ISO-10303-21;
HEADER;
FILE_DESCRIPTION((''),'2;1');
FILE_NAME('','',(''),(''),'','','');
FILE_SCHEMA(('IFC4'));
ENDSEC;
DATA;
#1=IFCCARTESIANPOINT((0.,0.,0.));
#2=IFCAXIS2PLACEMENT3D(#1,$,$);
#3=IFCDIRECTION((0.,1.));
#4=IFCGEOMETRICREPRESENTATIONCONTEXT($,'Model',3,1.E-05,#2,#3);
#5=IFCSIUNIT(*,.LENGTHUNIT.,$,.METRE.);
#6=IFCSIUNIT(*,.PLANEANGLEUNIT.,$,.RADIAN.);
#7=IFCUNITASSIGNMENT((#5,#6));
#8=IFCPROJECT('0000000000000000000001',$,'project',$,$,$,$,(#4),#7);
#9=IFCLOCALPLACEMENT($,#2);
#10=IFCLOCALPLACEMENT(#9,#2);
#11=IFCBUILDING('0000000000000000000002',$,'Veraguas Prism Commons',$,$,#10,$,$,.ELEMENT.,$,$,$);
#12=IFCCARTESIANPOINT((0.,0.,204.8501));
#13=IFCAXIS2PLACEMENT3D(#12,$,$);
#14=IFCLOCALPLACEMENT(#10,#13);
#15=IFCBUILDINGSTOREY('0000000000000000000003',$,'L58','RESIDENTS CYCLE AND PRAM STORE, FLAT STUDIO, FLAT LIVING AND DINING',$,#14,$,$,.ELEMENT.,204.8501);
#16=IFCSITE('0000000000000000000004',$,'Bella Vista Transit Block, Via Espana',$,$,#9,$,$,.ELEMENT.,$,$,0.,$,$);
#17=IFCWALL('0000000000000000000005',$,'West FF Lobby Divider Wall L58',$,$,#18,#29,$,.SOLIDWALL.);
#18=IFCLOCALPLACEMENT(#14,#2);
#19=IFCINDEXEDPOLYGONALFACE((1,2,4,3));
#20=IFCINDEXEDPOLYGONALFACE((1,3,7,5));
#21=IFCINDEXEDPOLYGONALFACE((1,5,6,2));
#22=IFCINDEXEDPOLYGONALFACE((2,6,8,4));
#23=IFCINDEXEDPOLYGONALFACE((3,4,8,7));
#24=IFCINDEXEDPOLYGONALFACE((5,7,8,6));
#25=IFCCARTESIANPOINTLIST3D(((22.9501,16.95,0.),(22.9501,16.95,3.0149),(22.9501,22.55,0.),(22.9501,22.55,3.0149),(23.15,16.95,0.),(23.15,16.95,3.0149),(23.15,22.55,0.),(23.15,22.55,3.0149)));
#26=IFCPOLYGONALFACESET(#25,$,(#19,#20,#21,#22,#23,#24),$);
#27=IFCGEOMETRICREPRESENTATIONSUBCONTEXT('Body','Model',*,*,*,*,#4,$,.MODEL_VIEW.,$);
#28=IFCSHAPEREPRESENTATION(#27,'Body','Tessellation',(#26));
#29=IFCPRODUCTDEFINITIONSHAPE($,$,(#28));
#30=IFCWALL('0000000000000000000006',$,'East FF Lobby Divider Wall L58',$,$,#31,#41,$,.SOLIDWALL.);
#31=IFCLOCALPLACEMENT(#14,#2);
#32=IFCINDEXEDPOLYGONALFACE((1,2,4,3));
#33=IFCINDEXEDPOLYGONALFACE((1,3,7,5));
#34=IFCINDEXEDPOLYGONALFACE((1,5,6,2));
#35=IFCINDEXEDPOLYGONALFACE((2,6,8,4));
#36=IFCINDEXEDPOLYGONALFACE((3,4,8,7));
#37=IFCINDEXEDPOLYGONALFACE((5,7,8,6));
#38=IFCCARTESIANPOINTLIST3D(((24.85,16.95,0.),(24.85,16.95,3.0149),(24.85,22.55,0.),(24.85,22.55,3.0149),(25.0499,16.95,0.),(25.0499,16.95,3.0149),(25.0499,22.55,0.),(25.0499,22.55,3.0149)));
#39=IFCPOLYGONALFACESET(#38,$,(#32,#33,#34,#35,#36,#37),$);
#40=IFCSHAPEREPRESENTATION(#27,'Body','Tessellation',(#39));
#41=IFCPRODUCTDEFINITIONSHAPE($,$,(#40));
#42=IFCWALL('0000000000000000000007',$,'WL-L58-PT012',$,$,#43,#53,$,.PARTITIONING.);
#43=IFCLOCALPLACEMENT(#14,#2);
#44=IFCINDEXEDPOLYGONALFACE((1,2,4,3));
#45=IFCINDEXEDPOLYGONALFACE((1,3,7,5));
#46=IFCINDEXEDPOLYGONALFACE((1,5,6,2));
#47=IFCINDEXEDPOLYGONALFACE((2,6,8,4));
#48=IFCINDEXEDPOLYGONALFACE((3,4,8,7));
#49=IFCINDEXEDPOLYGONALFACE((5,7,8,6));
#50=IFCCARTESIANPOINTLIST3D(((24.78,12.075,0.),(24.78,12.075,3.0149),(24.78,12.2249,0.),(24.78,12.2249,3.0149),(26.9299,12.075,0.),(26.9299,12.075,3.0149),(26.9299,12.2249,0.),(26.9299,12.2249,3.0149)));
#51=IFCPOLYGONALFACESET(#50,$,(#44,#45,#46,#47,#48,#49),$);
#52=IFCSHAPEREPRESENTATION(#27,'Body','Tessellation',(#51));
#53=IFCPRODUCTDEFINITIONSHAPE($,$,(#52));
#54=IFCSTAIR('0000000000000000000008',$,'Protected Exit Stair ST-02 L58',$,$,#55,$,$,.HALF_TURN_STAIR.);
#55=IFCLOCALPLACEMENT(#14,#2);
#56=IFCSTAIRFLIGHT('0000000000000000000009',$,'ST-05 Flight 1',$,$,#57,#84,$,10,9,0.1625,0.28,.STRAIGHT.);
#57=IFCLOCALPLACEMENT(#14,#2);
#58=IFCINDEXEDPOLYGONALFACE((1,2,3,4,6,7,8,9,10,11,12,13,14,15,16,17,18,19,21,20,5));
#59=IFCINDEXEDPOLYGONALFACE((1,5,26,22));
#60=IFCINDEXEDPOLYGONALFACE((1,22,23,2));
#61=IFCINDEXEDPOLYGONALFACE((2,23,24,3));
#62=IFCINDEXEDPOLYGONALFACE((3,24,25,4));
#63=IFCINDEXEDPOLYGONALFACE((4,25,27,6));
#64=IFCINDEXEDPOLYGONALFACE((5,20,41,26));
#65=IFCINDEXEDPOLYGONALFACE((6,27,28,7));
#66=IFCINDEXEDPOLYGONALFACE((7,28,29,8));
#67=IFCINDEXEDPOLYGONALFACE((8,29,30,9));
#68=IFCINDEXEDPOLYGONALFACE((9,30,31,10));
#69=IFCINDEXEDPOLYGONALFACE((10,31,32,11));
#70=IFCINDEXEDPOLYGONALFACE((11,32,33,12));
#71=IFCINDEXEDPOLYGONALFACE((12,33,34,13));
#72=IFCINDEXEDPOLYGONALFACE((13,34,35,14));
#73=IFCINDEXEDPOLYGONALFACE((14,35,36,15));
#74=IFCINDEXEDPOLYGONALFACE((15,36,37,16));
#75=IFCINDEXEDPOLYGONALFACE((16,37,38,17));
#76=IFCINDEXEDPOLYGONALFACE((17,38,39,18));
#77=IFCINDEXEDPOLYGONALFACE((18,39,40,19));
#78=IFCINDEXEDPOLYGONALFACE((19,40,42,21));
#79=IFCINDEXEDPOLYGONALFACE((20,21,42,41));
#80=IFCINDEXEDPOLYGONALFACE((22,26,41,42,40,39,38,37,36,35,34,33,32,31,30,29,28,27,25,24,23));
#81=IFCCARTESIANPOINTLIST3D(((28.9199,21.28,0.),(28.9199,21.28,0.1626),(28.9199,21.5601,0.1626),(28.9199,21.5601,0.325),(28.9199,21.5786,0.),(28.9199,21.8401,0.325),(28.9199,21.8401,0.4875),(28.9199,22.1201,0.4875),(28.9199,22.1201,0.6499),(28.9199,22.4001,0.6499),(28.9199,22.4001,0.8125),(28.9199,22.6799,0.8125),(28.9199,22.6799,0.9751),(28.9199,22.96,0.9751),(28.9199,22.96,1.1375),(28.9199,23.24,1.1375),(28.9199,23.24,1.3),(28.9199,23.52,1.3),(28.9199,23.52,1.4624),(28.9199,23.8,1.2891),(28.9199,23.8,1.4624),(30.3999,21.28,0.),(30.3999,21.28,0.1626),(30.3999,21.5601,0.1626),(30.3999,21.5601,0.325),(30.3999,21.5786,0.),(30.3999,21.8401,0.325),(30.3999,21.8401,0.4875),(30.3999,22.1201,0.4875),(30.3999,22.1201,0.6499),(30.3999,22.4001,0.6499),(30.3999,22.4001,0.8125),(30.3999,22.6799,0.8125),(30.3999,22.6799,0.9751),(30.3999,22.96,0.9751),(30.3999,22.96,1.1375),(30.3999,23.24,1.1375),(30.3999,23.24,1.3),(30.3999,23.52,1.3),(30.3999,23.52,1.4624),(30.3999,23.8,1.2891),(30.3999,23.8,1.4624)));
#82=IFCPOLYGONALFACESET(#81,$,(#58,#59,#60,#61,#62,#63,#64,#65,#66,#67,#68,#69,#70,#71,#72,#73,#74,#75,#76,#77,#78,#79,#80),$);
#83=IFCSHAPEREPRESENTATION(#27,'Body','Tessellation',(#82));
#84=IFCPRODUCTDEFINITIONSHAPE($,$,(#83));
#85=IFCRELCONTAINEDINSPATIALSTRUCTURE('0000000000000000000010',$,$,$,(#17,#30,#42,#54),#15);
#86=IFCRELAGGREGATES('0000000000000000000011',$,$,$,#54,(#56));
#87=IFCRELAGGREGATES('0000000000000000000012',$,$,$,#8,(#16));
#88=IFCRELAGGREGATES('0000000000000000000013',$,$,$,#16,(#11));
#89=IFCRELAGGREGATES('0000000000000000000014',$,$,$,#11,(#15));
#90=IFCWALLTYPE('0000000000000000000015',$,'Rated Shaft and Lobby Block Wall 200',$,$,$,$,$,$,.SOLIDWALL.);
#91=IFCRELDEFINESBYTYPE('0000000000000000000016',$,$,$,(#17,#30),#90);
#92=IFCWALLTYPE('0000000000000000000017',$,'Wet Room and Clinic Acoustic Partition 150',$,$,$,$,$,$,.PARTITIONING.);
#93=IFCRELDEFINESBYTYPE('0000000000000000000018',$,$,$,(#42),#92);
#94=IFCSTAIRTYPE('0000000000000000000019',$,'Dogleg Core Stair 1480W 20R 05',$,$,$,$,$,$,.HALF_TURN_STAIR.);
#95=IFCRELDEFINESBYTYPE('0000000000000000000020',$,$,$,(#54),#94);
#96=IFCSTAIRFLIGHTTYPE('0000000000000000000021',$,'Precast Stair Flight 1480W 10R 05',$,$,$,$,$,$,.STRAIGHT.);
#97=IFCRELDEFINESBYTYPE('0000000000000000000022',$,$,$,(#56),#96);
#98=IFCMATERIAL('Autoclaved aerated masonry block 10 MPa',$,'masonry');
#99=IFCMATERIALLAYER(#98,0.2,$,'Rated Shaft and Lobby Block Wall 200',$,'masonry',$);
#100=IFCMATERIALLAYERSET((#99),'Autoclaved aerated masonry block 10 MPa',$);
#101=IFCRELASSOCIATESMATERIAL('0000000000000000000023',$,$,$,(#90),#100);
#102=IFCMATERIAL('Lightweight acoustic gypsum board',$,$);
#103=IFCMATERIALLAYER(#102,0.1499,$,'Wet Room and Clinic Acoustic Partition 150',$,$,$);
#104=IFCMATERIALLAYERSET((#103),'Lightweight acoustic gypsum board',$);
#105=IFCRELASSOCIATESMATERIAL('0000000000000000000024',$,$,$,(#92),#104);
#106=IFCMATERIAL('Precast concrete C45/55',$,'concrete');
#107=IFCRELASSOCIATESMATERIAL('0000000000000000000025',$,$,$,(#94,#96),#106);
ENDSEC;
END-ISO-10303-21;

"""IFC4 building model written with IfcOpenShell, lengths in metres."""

from ifc_helpers import new_model, si_unit, direction, frame, frame_2d, origin, place, context, subcontext, project, spatial, polyline, rectangle, outline, extrude, material, layer, layer_set, type_object, element, aggregate, save


model = new_model("IFC4")

# Units and contexts
model_context = context("Model", 3, precision=1e-05, world=origin(), true_north=direction((0.0, 1.0)))
body_context = subcontext(model_context, "Body", "Model", "MODEL_VIEW")
ifc_project = project(units=[si_unit("LENGTHUNIT", "METRE"), si_unit("PLANEANGLEUNIT", "RADIAN")], contexts=[model_context])

# Site, building, storey
site_placement = place(None, origin())
site = spatial("IfcSite", under=ifc_project, at=site_placement, Name="Bella Vista Transit Block, Via Espana", CompositionType="ELEMENT", RefElevation=0.0)
building_placement = place(site_placement, origin())
building = spatial("IfcBuilding", under=site, at=building_placement, Name="Veraguas Prism Commons", CompositionType="ELEMENT")
storey_placement = place(building_placement, frame((0.0, 0.0, 204.8501)))
storey = spatial("IfcBuildingStorey", under=building, at=storey_placement, Name="L58", Description="RESIDENTS CYCLE AND PRAM STORE, FLAT STUDIO, FLAT LIVING AND DINING", CompositionType="ELEMENT", Elevation=204.8501)

# Shared definitions
ifc_material_1 = material(Name="Autoclaved aerated masonry block 10 MPa", Category="masonry")

# Shared definitions
ifc_material_2 = material(Name="Lightweight acoustic gypsum board")
ifc_layer_1 = layer(ifc_material_1, 0.2, Name="Rated Shaft and Lobby Block Wall 200", Category="masonry")
ifc_layer_set_1 = layer_set([ifc_layer_1], Name="Autoclaved aerated masonry block 10 MPa")
wall_type_1 = type_object("IfcWallType", Name="Rated Shaft and Lobby Block Wall 200", PredefinedType="SOLIDWALL", material=ifc_layer_set_1)

# Walls
for number, where, z_axis, x_axis, name in (
    (1, (23.05, 16.95, 0.0), (0.0, 0.0, 1.0), (0.0, 1.0, 0.0), "West FF Lobby Divider Wall L58"),
    (2, (24.95, 16.95, 0.0), (0.0, 0.0, 1.0), (0.0, 1.0, 0.0), "East FF Lobby Divider Wall L58"),
):
    element("IfcWall", number, at=place(storey_placement, frame(where, z_axis=z_axis, x_axis=x_axis)), inside=storey, type_object=wall_type_1, Name=name, PredefinedType="SOLIDWALL", context=body_context, shape_type="SweptSolid", body=[
        extrude(rectangle(XDim=5.6001, YDim=0.2, at=frame_2d((2.8, 0.0))), origin(), (0.0, 0.0, 1.0), 3.0149),
    ])
ifc_layer_2 = layer(ifc_material_2, 0.1499, Name="Wet Room and Clinic Acoustic Partition 150")
ifc_layer_set_2 = layer_set([ifc_layer_2], Name="Lightweight acoustic gypsum board")
wall_type_2 = type_object("IfcWallType", Name="Wet Room and Clinic Acoustic Partition 150", PredefinedType="PARTITIONING", material=ifc_layer_set_2)
wall_1_placement = place(storey_placement, frame((24.78, 12.1499, 0.0), z_axis=(0.0, 0.0, 1.0), x_axis=(1.0, 0.0, 0.0)))
element("IfcWall", 3, at=wall_1_placement, inside=storey, type_object=wall_type_2, Name="WL-L58-PT012", PredefinedType="PARTITIONING", context=body_context, shape_type="SweptSolid", body=[
    extrude(rectangle(XDim=2.1499, YDim=0.1499, at=frame_2d((1.075, 0.0))), origin(), (0.0, 0.0, 1.0), 3.0149),
])

# Stair, stair flight
ifc_material_3 = material(Name="Precast concrete C45/55", Category="concrete")
stair_type = type_object("IfcStairType", Name="Dogleg Core Stair 1480W 20R 05", PredefinedType="HALF_TURN_STAIR", material=ifc_material_3)
stair_placement = place(storey_placement, origin())
stair = element("IfcStair", 4, at=stair_placement, inside=storey, type_object=stair_type, Name="Protected Exit Stair ST-02 L58", PredefinedType="HALF_TURN_STAIR")
stair_flight_type = type_object("IfcStairFlightType", Name="Precast Stair Flight 1480W 10R 05", PredefinedType="STRAIGHT", material=ifc_material_3)
stair_flight_placement = place(storey_placement, frame((29.6599, 21.28, 0.0), z_axis=(0.0, 0.0, 1.0), x_axis=(0.0, 1.0, 0.0)))
stair_flight = element("IfcStairFlight", 5, at=stair_flight_placement, type_object=stair_flight_type, Name="ST-05 Flight 1", NumberOfRisers=10, NumberOfTreads=9, PredefinedType="STRAIGHT", RiserHeight=0.1625, TreadLength=0.28, context=body_context, shape_type="SweptSolid", body=[
    extrude(outline(polyline([(0.0, 0.0), (0.0, 0.1626), (0.28, 0.1626), (0.28, 0.325), (0.5601, 0.325), (0.5601, 0.4875), (0.8401, 0.4875), (0.8401, 0.6499), (1.1201, 0.6499), (1.1201, 0.8125), (1.3999, 0.8125), (1.3999, 0.9751), (1.6799, 0.9751), (1.6799, 1.1375), (1.96, 1.1375), (1.96, 1.3), (2.24, 1.3), (2.24, 1.4624), (2.52, 1.4624), (2.52, 1.625), (2.52, 1.2891), (0.2986, 0.0), (0.0, 0.0)])), frame((0.0, 0.74, 0.0), z_axis=(0.0, -1.0, 0.0), x_axis=(1.0, 0.0, 0.0)), (0.0, 0.0, 1.0), 1.48),
])
aggregate(stair, [stair_flight])

save(model, "model.ifc")
